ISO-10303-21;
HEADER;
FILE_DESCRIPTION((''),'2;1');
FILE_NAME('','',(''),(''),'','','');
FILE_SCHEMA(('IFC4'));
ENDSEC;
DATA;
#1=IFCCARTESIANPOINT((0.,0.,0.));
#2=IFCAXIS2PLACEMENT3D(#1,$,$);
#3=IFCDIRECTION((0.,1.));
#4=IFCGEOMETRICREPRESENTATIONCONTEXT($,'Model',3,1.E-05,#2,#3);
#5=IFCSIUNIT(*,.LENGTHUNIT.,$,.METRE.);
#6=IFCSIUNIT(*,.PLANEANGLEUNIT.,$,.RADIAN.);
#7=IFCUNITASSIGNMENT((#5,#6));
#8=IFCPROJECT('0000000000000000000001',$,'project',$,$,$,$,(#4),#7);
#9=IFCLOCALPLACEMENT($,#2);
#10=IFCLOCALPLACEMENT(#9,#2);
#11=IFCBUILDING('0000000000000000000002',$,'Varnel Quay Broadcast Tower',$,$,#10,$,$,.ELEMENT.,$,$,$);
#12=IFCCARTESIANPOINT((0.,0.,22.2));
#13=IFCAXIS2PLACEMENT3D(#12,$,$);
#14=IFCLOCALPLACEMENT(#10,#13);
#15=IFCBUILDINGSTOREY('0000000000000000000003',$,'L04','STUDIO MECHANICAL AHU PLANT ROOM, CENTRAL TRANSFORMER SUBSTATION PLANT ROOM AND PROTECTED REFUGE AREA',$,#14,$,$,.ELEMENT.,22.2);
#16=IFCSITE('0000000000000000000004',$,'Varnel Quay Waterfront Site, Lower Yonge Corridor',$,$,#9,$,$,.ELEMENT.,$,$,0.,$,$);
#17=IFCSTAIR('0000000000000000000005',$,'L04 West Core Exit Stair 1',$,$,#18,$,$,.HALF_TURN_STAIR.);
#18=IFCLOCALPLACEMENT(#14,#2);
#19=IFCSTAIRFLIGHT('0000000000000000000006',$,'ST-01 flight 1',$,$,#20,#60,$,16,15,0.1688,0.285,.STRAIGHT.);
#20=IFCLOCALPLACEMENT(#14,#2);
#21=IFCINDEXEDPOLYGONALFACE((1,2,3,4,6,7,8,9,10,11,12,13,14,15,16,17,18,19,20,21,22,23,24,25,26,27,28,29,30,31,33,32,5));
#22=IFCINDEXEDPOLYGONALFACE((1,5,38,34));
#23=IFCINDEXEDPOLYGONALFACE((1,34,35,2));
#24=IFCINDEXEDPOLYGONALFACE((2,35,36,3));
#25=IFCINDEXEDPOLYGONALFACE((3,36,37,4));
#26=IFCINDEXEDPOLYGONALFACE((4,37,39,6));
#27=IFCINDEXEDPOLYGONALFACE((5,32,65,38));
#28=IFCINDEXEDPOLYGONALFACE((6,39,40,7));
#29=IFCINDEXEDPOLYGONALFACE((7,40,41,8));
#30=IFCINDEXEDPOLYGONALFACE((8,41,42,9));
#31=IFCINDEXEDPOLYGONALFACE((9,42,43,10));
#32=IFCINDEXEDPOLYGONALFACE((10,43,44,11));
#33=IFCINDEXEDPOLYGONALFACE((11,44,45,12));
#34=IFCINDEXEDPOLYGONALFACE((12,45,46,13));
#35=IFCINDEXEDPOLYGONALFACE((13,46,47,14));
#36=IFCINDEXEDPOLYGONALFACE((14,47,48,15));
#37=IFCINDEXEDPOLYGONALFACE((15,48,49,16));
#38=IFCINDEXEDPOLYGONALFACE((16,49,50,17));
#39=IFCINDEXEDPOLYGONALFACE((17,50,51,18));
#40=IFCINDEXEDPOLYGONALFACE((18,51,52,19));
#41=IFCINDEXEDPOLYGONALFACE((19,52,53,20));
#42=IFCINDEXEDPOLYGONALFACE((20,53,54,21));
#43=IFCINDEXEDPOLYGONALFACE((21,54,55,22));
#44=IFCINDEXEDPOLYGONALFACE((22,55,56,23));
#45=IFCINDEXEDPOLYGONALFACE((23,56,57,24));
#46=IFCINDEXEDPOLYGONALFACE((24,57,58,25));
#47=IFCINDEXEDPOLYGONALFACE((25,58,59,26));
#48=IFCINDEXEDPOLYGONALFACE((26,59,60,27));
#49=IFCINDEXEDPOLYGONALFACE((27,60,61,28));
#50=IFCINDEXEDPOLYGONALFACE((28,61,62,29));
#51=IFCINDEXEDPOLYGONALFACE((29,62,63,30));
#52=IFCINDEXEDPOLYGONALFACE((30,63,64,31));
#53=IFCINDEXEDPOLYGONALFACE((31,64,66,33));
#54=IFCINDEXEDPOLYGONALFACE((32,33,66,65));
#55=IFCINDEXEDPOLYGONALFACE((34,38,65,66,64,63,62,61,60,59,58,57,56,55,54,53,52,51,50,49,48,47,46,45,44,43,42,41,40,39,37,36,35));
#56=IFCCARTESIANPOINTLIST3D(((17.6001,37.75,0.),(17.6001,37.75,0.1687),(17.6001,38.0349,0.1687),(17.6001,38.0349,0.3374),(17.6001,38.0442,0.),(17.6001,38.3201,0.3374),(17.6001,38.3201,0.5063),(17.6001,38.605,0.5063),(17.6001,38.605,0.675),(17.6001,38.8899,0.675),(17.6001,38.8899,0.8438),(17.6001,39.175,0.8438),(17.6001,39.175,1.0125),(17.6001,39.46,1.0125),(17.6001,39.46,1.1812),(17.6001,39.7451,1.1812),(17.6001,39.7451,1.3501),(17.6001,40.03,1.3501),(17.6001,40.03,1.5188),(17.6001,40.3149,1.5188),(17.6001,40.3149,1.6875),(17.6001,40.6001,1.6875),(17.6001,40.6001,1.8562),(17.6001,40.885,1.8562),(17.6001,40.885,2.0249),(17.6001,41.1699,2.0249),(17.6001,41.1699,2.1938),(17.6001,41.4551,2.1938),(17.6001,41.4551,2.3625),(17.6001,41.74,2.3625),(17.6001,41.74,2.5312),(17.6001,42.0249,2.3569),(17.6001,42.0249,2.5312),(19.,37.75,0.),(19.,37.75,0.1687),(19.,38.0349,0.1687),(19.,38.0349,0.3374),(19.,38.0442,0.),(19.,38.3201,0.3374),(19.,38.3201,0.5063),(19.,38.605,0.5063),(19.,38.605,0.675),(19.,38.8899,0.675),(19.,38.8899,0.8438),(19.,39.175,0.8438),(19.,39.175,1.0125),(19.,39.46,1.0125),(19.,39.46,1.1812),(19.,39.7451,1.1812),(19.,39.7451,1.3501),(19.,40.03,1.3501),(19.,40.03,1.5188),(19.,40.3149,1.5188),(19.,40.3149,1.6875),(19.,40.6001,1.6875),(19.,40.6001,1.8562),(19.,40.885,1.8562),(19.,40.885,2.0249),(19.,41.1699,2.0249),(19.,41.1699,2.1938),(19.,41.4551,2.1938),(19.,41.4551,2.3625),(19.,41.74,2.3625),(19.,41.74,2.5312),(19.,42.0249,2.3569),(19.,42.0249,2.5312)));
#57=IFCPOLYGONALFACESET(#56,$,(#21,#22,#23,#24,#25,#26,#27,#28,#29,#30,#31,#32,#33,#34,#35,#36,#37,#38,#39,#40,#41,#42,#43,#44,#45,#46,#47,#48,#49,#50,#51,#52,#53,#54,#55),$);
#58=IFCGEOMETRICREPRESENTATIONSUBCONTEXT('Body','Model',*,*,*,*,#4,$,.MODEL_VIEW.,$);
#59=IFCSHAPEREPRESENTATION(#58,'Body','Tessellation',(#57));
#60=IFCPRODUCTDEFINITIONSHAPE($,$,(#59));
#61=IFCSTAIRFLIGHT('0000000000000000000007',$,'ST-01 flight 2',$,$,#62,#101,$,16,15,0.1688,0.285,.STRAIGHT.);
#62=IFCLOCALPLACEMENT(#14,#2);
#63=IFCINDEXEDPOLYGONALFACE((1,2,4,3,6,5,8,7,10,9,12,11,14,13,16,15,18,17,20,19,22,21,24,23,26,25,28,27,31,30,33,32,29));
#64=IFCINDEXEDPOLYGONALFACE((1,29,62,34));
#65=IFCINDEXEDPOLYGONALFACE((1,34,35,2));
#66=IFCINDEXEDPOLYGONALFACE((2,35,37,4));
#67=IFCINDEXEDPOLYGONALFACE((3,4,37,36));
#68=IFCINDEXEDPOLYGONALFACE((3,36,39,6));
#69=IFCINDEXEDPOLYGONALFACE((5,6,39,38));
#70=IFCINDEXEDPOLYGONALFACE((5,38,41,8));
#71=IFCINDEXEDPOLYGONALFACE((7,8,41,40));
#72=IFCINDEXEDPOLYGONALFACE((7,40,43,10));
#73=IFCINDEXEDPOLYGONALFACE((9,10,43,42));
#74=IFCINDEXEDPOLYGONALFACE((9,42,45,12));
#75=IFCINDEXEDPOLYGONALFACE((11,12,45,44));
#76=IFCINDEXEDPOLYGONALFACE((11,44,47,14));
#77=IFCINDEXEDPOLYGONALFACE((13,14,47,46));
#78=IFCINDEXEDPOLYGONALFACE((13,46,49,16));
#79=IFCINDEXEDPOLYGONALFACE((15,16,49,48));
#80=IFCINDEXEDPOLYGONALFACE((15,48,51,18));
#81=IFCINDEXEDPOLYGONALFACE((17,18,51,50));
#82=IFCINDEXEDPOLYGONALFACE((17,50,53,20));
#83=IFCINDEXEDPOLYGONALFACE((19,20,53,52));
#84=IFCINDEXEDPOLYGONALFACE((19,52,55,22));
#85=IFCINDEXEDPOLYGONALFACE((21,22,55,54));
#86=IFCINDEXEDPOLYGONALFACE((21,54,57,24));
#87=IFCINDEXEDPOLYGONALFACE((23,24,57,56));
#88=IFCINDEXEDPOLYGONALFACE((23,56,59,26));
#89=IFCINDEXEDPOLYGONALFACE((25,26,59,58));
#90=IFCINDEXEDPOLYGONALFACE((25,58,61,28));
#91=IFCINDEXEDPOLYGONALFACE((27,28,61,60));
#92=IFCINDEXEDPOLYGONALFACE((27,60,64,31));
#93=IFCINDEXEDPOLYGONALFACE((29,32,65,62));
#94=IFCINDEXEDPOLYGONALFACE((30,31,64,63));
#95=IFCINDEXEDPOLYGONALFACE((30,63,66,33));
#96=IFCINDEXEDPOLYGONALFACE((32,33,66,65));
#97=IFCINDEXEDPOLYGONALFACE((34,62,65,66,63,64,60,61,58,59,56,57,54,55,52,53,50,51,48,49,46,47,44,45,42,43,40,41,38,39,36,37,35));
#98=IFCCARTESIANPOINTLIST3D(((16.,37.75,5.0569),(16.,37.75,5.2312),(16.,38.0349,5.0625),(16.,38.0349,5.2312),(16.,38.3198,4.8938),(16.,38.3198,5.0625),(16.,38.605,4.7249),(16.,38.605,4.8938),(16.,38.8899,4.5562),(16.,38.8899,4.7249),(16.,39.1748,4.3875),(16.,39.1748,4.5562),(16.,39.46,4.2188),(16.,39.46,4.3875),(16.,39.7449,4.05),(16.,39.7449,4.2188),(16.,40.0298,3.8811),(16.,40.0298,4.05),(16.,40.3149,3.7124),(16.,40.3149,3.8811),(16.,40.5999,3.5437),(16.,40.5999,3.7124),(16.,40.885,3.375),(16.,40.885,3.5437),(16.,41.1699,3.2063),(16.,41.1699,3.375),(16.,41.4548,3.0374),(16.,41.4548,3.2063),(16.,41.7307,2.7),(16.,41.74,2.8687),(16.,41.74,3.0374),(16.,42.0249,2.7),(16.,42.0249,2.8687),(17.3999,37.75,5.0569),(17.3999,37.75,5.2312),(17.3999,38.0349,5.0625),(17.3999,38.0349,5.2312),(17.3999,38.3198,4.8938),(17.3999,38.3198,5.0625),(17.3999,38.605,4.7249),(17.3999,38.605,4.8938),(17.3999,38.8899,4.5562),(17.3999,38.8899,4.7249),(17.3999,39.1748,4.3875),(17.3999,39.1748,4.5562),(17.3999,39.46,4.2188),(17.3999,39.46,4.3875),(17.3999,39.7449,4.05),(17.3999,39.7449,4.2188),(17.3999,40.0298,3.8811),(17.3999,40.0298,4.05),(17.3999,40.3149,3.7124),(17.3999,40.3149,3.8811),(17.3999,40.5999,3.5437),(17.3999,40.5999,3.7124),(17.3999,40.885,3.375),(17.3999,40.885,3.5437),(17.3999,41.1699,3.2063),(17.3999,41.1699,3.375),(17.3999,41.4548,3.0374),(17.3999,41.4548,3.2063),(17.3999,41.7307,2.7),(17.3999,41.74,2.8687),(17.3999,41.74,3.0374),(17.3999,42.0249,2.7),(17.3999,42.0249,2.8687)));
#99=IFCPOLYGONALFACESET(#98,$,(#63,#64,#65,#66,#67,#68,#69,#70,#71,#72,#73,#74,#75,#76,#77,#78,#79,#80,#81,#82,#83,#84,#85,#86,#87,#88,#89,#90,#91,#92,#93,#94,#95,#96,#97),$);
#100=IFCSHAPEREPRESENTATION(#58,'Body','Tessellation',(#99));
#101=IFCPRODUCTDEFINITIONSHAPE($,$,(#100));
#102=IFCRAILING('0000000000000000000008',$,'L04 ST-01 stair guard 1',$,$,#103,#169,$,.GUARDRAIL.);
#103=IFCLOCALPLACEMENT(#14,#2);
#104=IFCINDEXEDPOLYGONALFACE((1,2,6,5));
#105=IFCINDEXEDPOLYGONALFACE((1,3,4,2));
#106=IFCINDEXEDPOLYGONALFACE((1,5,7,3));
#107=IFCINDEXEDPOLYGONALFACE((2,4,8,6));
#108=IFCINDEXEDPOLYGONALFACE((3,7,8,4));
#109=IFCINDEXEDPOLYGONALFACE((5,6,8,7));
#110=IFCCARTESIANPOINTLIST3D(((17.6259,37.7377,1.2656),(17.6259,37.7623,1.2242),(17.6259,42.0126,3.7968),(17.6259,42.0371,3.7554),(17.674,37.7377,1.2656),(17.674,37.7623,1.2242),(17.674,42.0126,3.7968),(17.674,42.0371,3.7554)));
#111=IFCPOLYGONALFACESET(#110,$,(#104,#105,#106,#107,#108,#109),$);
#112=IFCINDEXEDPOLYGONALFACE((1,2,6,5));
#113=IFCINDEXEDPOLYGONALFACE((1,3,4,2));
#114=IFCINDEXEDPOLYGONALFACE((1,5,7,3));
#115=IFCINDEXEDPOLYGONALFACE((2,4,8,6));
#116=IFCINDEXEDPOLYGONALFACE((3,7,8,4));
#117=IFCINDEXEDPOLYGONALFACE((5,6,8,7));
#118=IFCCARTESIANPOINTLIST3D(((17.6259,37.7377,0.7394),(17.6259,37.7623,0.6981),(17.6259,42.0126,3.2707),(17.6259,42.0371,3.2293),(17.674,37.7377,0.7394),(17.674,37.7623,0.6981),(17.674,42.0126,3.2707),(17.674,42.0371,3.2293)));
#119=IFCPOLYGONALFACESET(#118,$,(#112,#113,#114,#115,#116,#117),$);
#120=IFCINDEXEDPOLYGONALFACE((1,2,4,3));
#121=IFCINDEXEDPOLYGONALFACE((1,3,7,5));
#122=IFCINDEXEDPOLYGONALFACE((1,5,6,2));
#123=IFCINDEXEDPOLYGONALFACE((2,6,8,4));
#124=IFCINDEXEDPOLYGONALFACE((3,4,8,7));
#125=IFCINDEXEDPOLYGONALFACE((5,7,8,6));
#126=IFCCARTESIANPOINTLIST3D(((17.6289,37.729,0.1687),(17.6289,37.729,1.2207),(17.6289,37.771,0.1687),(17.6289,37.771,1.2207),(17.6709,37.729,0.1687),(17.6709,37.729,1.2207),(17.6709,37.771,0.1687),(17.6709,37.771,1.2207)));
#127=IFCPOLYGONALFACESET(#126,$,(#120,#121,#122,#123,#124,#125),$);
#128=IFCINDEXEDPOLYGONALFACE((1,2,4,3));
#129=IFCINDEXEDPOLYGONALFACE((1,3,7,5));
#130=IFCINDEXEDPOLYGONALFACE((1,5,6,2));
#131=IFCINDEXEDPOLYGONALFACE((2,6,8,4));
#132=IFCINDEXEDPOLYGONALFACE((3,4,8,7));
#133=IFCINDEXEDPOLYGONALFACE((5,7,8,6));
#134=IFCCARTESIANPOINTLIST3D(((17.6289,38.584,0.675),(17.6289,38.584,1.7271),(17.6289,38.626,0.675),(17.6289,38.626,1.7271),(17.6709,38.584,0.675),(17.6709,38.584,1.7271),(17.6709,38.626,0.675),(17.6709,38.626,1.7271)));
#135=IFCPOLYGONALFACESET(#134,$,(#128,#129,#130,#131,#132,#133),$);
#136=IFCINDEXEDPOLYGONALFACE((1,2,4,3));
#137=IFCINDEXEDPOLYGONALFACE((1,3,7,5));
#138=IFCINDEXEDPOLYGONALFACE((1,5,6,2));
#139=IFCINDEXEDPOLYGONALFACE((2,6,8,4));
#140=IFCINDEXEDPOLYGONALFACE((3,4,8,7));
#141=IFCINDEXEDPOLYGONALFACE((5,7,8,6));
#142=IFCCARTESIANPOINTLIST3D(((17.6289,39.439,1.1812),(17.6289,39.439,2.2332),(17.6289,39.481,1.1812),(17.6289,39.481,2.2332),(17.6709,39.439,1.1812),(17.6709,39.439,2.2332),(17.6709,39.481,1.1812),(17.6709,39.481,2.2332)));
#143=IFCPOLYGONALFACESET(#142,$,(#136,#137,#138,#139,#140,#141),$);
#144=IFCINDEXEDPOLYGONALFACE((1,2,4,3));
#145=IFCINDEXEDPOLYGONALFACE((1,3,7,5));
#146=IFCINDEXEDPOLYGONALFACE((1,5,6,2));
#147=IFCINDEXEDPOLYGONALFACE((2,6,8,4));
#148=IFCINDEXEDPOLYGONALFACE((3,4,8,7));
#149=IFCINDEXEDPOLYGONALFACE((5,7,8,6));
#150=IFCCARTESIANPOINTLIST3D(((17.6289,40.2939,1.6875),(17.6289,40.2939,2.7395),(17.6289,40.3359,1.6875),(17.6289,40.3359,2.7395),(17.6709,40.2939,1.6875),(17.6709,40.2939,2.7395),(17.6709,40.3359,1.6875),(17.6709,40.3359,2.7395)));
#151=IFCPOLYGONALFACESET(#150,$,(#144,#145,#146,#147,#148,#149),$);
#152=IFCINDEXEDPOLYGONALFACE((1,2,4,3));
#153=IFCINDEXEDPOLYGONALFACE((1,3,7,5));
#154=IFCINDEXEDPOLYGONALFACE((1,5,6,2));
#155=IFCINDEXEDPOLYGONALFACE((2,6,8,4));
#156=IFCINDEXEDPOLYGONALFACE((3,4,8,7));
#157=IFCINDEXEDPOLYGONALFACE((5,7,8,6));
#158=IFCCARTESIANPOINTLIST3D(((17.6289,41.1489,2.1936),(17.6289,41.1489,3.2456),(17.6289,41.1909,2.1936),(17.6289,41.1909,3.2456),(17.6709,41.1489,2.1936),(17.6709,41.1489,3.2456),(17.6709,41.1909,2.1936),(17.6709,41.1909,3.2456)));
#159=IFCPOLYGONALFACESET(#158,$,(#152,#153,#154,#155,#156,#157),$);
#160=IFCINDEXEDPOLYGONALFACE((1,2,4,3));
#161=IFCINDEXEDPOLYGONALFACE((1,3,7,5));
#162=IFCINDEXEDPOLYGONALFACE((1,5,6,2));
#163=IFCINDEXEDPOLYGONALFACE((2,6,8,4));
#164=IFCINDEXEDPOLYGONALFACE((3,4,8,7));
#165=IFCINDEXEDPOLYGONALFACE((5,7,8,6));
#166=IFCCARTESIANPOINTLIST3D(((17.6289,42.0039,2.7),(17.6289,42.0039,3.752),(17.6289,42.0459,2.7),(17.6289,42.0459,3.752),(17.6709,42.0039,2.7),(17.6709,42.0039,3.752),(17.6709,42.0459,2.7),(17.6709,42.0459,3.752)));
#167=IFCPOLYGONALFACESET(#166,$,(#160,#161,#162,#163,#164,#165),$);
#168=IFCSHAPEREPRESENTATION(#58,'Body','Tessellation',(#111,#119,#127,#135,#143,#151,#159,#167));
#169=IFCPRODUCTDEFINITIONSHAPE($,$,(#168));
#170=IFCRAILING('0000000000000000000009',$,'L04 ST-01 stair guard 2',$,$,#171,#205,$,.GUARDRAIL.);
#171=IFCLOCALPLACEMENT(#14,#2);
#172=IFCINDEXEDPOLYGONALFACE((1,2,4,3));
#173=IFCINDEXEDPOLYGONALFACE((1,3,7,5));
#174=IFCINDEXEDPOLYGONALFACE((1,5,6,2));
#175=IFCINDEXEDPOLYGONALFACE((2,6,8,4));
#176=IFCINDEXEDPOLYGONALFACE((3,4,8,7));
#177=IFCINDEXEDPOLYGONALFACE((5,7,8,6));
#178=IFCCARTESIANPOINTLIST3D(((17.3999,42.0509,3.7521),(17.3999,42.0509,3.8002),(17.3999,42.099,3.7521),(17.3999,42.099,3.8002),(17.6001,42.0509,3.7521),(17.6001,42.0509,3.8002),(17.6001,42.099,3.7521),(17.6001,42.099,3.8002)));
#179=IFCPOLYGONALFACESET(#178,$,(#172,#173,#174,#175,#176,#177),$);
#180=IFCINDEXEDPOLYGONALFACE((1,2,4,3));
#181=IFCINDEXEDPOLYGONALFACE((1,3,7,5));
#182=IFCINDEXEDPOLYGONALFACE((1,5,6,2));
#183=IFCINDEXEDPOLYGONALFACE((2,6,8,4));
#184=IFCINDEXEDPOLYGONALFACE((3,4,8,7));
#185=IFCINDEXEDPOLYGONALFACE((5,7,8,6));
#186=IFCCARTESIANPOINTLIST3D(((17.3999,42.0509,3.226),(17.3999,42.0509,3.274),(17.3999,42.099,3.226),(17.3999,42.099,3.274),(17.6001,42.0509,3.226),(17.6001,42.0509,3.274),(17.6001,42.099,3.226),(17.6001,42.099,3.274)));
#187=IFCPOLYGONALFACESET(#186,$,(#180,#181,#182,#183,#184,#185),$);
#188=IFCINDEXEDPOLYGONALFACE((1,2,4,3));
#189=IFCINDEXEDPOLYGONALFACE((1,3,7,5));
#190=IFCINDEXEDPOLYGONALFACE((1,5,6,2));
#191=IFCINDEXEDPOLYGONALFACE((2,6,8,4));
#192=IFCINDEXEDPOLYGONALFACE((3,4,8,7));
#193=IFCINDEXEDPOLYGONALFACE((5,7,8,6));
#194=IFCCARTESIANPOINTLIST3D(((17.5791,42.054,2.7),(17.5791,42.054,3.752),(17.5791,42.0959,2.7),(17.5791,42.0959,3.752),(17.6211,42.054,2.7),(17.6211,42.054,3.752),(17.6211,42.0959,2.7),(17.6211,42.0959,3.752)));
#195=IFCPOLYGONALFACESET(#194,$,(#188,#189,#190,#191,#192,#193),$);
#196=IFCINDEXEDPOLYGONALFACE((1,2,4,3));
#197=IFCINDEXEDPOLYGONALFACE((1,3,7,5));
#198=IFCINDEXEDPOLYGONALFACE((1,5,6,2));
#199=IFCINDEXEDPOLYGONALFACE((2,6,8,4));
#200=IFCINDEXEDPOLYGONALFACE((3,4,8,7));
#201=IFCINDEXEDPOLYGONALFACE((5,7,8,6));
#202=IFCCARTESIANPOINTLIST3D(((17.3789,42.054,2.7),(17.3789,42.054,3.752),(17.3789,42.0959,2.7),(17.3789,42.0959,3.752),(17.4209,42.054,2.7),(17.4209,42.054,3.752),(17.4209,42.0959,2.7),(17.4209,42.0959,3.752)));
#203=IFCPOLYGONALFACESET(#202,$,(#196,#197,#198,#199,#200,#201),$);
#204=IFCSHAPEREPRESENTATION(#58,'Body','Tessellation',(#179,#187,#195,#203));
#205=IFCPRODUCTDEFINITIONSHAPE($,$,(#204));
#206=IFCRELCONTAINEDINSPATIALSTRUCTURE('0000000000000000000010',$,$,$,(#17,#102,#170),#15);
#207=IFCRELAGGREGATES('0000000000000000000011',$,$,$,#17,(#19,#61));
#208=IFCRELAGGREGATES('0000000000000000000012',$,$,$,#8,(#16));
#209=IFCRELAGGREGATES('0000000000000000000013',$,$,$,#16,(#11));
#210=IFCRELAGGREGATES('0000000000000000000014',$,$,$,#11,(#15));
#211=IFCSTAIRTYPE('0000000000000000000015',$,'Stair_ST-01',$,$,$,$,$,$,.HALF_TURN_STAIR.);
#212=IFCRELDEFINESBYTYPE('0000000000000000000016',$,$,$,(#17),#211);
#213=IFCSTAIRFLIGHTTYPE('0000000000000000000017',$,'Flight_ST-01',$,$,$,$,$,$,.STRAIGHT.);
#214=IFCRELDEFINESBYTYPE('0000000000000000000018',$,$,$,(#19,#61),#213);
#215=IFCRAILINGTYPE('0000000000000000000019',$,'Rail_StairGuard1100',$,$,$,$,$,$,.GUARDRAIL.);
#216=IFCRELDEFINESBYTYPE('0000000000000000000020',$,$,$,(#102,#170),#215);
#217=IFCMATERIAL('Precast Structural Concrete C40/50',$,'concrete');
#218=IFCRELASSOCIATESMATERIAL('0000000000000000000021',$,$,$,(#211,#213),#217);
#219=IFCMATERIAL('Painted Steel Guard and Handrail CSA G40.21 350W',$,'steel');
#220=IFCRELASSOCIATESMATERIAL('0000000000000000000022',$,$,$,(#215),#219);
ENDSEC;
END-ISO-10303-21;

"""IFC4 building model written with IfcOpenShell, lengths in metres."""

from ifc_helpers import new_model, si_unit, direction, frame, origin, origin_2d, place, context, subcontext, project, spatial, polyline, rectangle, outline, extrude, material, type_object, element, aggregate, save


model = new_model("IFC4")

# Units and contexts
model_context = context("Model", 3, precision=1e-05, world=origin(), true_north=direction((0.0, 1.0)))
body_context = subcontext(model_context, "Body", "Model", "MODEL_VIEW")
ifc_project = project(units=[si_unit("LENGTHUNIT", "METRE"), si_unit("PLANEANGLEUNIT", "RADIAN")], contexts=[model_context])

# Site, building, storey
site_placement = place(None, origin())
site = spatial("IfcSite", under=ifc_project, at=site_placement, Name="Varnel Quay Waterfront Site, Lower Yonge Corridor", CompositionType="ELEMENT", RefElevation=0.0)
building_placement = place(site_placement, origin())
building = spatial("IfcBuilding", under=site, at=building_placement, Name="Varnel Quay Broadcast Tower", CompositionType="ELEMENT")
storey_placement = place(building_placement, frame((0.0, 0.0, 22.2)))
storey = spatial("IfcBuildingStorey", under=building, at=storey_placement, Name="L04", Description="STUDIO MECHANICAL AHU PLANT ROOM, CENTRAL TRANSFORMER SUBSTATION PLANT ROOM AND PROTECTED REFUGE AREA", CompositionType="ELEMENT", Elevation=22.2)

# Stair, stair flights
ifc_material_1 = material(Name="Precast Structural Concrete C40/50", Category="concrete")
stair_type = type_object("IfcStairType", Name="Stair_ST-01", PredefinedType="HALF_TURN_STAIR", material=ifc_material_1)
stair_placement = place(storey_placement, origin())
stair = element("IfcStair", 1, at=stair_placement, inside=storey, type_object=stair_type, Name="L04 West Core Exit Stair 1", PredefinedType="HALF_TURN_STAIR")
stair_flight_type = type_object("IfcStairFlightType", Name="Flight_ST-01", PredefinedType="STRAIGHT", material=ifc_material_1)
stair_flight_1_placement = place(storey_placement, frame((18.3, 37.75, 0.0), z_axis=(0.0, 0.0, 1.0), x_axis=(0.0, 1.0, 0.0)))
stair_flight_1 = element("IfcStairFlight", 2, at=stair_flight_1_placement, type_object=stair_flight_type, Name="ST-01 flight 1", NumberOfRisers=16, NumberOfTreads=15, PredefinedType="STRAIGHT", RiserHeight=0.1688, TreadLength=0.285, context=body_context, shape_type="SweptSolid", body=[
    extrude(outline(polyline([(0.0, 0.0), (0.0, 0.1687), (0.2849, 0.1687), (0.2849, 0.3374), (0.5701, 0.3374), (0.5701, 0.5063), (0.855, 0.5063), (0.855, 0.675), (1.1399, 0.675), (1.1399, 0.8438), (1.425, 0.8438), (1.425, 1.0125), (1.71, 1.0125), (1.71, 1.1812), (1.9951, 1.1812), (1.9951, 1.3501), (2.28, 1.3501), (2.28, 1.5188), (2.5649, 1.5188), (2.5649, 1.6875), (2.8501, 1.6875), (2.8501, 1.8562), (3.135, 1.8562), (3.135, 2.0249), (3.4199, 2.0249), (3.4199, 2.1938), (3.7051, 2.1938), (3.7051, 2.3625), (3.99, 2.3625), (3.99, 2.5312), (4.2749, 2.5312), (4.2749, 2.7), (4.2749, 2.3569), (0.2942, 0.0), (0.0, 0.0)])), frame((0.0, 0.7, 0.0), z_axis=(0.0, -1.0, 0.0), x_axis=(1.0, 0.0, 0.0)), (0.0, 0.0, 1.0), 1.3999),
])
stair_flight_2_placement = place(storey_placement, frame((16.7, 42.0249, 2.7), z_axis=(0.0, 0.0, 1.0), x_axis=(0.0, -1.0, 0.0)))
stair_flight_2 = element("IfcStairFlight", 3, at=stair_flight_2_placement, type_object=stair_flight_type, Name="ST-01 flight 2", NumberOfRisers=16, NumberOfTreads=15, PredefinedType="STRAIGHT", RiserHeight=0.1688, TreadLength=0.285, context=body_context, shape_type="SweptSolid", body=[
    extrude(outline(polyline([(0.0, 0.0), (0.0, 0.1687), (0.2849, 0.1687), (0.2849, 0.3374), (0.5701, 0.3374), (0.5701, 0.5063), (0.855, 0.5063), (0.855, 0.675), (1.1399, 0.675), (1.1399, 0.8438), (1.425, 0.8438), (1.425, 1.0125), (1.71, 1.0125), (1.71, 1.1812), (1.9951, 1.1812), (1.9951, 1.3501), (2.28, 1.3501), (2.28, 1.5188), (2.5649, 1.5188), (2.5649, 1.6875), (2.8501, 1.6875), (2.8501, 1.8562), (3.135, 1.8562), (3.135, 2.0249), (3.4199, 2.0249), (3.4199, 2.1938), (3.7051, 2.1938), (3.7051, 2.3625), (3.99, 2.3625), (3.99, 2.5312), (4.2749, 2.5312), (4.2749, 2.7), (4.2749, 2.3569), (0.2942, 0.0), (0.0, 0.0)])), frame((0.0, 0.7, 0.0), z_axis=(0.0, -1.0, 0.0), x_axis=(1.0, 0.0, 0.0)), (0.0, 0.0, 1.0), 1.3999),
])
aggregate(stair, [stair_flight_1, stair_flight_2])

# Railings
ifc_material_2 = material(Name="Painted Steel Guard and Handrail CSA G40.21 350W", Category="steel")
railing_type_1 = type_object("IfcRailingType", Name="Rail_StairGuard1100", PredefinedType="GUARDRAIL", material=ifc_material_2)
railing_1_placement = place(storey_placement, frame((17.6499, 37.75, 0.1687)))
element("IfcRailing", 4, at=railing_1_placement, inside=storey, type_object=railing_type_1, Name="L04 ST-01 stair guard 1", PredefinedType="GUARDRAIL", context=body_context, shape_type="SweptSolid", body=[
    extrude(rectangle(XDim=0.0481, YDim=0.0481, at=origin_2d()), frame((0.0, 0.0, 1.0762), z_axis=(0.0, 0.86047, 0.509501), x_axis=(-1.0, 0.0, 0.0)), (0.0, 0.0, 1.0), 4.968),
    extrude(rectangle(XDim=0.0481, YDim=0.0481, at=origin_2d()), frame((0.0, 0.0, 0.55), z_axis=(0.0, 0.86047, 0.509501), x_axis=(-1.0, 0.0, 0.0)), (0.0, 0.0, 1.0), 4.968),
    extrude(rectangle(XDim=0.042, YDim=0.042, at=origin_2d()), origin(), (0.0, 0.0, 1.0), 1.052),
    extrude(rectangle(XDim=0.042, YDim=0.042, at=origin_2d()), frame((0.0, 0.855, 0.5063)), (0.0, 0.0, 1.0), 1.052),
    extrude(rectangle(XDim=0.042, YDim=0.042, at=origin_2d()), frame((0.0, 1.71, 1.0125)), (0.0, 0.0, 1.0), 1.052),
    extrude(rectangle(XDim=0.042, YDim=0.042, at=origin_2d()), frame((0.0, 2.5649, 1.5188)), (0.0, 0.0, 1.0), 1.052),
    extrude(rectangle(XDim=0.042, YDim=0.042, at=origin_2d()), frame((0.0, 3.4199, 2.0249)), (0.0, 0.0, 1.0), 1.052),
    extrude(rectangle(XDim=0.042, YDim=0.042, at=origin_2d()), frame((0.0, 4.2749, 2.5312)), (0.0, 0.0, 1.0), 1.052),
])
railing_2_placement = place(storey_placement, frame((17.6001, 42.075, 2.7)))
element("IfcRailing", 5, at=railing_2_placement, inside=storey, type_object=railing_type_1, Name="L04 ST-01 stair guard 2", PredefinedType="GUARDRAIL", context=body_context, shape_type="SweptSolid", body=[
    extrude(rectangle(XDim=0.0481, YDim=0.0481, at=origin_2d()), frame((0.0, 0.0, 1.0762), z_axis=(-1.0, 0.0, 0.0), x_axis=(0.0, -1.0, 0.0)), (0.0, 0.0, 1.0), 0.2002),
    extrude(rectangle(XDim=0.0481, YDim=0.0481, at=origin_2d()), frame((0.0, 0.0, 0.55), z_axis=(-1.0, 0.0, 0.0), x_axis=(0.0, -1.0, 0.0)), (0.0, 0.0, 1.0), 0.2002),
    extrude(rectangle(XDim=0.042, YDim=0.042, at=origin_2d()), origin(), (0.0, 0.0, 1.0), 1.052),
    extrude(rectangle(XDim=0.042, YDim=0.042, at=origin_2d()), frame((-0.2002, 0.0, 0.0)), (0.0, 0.0, 1.0), 1.052),
])

save(model, "model.ifc")
